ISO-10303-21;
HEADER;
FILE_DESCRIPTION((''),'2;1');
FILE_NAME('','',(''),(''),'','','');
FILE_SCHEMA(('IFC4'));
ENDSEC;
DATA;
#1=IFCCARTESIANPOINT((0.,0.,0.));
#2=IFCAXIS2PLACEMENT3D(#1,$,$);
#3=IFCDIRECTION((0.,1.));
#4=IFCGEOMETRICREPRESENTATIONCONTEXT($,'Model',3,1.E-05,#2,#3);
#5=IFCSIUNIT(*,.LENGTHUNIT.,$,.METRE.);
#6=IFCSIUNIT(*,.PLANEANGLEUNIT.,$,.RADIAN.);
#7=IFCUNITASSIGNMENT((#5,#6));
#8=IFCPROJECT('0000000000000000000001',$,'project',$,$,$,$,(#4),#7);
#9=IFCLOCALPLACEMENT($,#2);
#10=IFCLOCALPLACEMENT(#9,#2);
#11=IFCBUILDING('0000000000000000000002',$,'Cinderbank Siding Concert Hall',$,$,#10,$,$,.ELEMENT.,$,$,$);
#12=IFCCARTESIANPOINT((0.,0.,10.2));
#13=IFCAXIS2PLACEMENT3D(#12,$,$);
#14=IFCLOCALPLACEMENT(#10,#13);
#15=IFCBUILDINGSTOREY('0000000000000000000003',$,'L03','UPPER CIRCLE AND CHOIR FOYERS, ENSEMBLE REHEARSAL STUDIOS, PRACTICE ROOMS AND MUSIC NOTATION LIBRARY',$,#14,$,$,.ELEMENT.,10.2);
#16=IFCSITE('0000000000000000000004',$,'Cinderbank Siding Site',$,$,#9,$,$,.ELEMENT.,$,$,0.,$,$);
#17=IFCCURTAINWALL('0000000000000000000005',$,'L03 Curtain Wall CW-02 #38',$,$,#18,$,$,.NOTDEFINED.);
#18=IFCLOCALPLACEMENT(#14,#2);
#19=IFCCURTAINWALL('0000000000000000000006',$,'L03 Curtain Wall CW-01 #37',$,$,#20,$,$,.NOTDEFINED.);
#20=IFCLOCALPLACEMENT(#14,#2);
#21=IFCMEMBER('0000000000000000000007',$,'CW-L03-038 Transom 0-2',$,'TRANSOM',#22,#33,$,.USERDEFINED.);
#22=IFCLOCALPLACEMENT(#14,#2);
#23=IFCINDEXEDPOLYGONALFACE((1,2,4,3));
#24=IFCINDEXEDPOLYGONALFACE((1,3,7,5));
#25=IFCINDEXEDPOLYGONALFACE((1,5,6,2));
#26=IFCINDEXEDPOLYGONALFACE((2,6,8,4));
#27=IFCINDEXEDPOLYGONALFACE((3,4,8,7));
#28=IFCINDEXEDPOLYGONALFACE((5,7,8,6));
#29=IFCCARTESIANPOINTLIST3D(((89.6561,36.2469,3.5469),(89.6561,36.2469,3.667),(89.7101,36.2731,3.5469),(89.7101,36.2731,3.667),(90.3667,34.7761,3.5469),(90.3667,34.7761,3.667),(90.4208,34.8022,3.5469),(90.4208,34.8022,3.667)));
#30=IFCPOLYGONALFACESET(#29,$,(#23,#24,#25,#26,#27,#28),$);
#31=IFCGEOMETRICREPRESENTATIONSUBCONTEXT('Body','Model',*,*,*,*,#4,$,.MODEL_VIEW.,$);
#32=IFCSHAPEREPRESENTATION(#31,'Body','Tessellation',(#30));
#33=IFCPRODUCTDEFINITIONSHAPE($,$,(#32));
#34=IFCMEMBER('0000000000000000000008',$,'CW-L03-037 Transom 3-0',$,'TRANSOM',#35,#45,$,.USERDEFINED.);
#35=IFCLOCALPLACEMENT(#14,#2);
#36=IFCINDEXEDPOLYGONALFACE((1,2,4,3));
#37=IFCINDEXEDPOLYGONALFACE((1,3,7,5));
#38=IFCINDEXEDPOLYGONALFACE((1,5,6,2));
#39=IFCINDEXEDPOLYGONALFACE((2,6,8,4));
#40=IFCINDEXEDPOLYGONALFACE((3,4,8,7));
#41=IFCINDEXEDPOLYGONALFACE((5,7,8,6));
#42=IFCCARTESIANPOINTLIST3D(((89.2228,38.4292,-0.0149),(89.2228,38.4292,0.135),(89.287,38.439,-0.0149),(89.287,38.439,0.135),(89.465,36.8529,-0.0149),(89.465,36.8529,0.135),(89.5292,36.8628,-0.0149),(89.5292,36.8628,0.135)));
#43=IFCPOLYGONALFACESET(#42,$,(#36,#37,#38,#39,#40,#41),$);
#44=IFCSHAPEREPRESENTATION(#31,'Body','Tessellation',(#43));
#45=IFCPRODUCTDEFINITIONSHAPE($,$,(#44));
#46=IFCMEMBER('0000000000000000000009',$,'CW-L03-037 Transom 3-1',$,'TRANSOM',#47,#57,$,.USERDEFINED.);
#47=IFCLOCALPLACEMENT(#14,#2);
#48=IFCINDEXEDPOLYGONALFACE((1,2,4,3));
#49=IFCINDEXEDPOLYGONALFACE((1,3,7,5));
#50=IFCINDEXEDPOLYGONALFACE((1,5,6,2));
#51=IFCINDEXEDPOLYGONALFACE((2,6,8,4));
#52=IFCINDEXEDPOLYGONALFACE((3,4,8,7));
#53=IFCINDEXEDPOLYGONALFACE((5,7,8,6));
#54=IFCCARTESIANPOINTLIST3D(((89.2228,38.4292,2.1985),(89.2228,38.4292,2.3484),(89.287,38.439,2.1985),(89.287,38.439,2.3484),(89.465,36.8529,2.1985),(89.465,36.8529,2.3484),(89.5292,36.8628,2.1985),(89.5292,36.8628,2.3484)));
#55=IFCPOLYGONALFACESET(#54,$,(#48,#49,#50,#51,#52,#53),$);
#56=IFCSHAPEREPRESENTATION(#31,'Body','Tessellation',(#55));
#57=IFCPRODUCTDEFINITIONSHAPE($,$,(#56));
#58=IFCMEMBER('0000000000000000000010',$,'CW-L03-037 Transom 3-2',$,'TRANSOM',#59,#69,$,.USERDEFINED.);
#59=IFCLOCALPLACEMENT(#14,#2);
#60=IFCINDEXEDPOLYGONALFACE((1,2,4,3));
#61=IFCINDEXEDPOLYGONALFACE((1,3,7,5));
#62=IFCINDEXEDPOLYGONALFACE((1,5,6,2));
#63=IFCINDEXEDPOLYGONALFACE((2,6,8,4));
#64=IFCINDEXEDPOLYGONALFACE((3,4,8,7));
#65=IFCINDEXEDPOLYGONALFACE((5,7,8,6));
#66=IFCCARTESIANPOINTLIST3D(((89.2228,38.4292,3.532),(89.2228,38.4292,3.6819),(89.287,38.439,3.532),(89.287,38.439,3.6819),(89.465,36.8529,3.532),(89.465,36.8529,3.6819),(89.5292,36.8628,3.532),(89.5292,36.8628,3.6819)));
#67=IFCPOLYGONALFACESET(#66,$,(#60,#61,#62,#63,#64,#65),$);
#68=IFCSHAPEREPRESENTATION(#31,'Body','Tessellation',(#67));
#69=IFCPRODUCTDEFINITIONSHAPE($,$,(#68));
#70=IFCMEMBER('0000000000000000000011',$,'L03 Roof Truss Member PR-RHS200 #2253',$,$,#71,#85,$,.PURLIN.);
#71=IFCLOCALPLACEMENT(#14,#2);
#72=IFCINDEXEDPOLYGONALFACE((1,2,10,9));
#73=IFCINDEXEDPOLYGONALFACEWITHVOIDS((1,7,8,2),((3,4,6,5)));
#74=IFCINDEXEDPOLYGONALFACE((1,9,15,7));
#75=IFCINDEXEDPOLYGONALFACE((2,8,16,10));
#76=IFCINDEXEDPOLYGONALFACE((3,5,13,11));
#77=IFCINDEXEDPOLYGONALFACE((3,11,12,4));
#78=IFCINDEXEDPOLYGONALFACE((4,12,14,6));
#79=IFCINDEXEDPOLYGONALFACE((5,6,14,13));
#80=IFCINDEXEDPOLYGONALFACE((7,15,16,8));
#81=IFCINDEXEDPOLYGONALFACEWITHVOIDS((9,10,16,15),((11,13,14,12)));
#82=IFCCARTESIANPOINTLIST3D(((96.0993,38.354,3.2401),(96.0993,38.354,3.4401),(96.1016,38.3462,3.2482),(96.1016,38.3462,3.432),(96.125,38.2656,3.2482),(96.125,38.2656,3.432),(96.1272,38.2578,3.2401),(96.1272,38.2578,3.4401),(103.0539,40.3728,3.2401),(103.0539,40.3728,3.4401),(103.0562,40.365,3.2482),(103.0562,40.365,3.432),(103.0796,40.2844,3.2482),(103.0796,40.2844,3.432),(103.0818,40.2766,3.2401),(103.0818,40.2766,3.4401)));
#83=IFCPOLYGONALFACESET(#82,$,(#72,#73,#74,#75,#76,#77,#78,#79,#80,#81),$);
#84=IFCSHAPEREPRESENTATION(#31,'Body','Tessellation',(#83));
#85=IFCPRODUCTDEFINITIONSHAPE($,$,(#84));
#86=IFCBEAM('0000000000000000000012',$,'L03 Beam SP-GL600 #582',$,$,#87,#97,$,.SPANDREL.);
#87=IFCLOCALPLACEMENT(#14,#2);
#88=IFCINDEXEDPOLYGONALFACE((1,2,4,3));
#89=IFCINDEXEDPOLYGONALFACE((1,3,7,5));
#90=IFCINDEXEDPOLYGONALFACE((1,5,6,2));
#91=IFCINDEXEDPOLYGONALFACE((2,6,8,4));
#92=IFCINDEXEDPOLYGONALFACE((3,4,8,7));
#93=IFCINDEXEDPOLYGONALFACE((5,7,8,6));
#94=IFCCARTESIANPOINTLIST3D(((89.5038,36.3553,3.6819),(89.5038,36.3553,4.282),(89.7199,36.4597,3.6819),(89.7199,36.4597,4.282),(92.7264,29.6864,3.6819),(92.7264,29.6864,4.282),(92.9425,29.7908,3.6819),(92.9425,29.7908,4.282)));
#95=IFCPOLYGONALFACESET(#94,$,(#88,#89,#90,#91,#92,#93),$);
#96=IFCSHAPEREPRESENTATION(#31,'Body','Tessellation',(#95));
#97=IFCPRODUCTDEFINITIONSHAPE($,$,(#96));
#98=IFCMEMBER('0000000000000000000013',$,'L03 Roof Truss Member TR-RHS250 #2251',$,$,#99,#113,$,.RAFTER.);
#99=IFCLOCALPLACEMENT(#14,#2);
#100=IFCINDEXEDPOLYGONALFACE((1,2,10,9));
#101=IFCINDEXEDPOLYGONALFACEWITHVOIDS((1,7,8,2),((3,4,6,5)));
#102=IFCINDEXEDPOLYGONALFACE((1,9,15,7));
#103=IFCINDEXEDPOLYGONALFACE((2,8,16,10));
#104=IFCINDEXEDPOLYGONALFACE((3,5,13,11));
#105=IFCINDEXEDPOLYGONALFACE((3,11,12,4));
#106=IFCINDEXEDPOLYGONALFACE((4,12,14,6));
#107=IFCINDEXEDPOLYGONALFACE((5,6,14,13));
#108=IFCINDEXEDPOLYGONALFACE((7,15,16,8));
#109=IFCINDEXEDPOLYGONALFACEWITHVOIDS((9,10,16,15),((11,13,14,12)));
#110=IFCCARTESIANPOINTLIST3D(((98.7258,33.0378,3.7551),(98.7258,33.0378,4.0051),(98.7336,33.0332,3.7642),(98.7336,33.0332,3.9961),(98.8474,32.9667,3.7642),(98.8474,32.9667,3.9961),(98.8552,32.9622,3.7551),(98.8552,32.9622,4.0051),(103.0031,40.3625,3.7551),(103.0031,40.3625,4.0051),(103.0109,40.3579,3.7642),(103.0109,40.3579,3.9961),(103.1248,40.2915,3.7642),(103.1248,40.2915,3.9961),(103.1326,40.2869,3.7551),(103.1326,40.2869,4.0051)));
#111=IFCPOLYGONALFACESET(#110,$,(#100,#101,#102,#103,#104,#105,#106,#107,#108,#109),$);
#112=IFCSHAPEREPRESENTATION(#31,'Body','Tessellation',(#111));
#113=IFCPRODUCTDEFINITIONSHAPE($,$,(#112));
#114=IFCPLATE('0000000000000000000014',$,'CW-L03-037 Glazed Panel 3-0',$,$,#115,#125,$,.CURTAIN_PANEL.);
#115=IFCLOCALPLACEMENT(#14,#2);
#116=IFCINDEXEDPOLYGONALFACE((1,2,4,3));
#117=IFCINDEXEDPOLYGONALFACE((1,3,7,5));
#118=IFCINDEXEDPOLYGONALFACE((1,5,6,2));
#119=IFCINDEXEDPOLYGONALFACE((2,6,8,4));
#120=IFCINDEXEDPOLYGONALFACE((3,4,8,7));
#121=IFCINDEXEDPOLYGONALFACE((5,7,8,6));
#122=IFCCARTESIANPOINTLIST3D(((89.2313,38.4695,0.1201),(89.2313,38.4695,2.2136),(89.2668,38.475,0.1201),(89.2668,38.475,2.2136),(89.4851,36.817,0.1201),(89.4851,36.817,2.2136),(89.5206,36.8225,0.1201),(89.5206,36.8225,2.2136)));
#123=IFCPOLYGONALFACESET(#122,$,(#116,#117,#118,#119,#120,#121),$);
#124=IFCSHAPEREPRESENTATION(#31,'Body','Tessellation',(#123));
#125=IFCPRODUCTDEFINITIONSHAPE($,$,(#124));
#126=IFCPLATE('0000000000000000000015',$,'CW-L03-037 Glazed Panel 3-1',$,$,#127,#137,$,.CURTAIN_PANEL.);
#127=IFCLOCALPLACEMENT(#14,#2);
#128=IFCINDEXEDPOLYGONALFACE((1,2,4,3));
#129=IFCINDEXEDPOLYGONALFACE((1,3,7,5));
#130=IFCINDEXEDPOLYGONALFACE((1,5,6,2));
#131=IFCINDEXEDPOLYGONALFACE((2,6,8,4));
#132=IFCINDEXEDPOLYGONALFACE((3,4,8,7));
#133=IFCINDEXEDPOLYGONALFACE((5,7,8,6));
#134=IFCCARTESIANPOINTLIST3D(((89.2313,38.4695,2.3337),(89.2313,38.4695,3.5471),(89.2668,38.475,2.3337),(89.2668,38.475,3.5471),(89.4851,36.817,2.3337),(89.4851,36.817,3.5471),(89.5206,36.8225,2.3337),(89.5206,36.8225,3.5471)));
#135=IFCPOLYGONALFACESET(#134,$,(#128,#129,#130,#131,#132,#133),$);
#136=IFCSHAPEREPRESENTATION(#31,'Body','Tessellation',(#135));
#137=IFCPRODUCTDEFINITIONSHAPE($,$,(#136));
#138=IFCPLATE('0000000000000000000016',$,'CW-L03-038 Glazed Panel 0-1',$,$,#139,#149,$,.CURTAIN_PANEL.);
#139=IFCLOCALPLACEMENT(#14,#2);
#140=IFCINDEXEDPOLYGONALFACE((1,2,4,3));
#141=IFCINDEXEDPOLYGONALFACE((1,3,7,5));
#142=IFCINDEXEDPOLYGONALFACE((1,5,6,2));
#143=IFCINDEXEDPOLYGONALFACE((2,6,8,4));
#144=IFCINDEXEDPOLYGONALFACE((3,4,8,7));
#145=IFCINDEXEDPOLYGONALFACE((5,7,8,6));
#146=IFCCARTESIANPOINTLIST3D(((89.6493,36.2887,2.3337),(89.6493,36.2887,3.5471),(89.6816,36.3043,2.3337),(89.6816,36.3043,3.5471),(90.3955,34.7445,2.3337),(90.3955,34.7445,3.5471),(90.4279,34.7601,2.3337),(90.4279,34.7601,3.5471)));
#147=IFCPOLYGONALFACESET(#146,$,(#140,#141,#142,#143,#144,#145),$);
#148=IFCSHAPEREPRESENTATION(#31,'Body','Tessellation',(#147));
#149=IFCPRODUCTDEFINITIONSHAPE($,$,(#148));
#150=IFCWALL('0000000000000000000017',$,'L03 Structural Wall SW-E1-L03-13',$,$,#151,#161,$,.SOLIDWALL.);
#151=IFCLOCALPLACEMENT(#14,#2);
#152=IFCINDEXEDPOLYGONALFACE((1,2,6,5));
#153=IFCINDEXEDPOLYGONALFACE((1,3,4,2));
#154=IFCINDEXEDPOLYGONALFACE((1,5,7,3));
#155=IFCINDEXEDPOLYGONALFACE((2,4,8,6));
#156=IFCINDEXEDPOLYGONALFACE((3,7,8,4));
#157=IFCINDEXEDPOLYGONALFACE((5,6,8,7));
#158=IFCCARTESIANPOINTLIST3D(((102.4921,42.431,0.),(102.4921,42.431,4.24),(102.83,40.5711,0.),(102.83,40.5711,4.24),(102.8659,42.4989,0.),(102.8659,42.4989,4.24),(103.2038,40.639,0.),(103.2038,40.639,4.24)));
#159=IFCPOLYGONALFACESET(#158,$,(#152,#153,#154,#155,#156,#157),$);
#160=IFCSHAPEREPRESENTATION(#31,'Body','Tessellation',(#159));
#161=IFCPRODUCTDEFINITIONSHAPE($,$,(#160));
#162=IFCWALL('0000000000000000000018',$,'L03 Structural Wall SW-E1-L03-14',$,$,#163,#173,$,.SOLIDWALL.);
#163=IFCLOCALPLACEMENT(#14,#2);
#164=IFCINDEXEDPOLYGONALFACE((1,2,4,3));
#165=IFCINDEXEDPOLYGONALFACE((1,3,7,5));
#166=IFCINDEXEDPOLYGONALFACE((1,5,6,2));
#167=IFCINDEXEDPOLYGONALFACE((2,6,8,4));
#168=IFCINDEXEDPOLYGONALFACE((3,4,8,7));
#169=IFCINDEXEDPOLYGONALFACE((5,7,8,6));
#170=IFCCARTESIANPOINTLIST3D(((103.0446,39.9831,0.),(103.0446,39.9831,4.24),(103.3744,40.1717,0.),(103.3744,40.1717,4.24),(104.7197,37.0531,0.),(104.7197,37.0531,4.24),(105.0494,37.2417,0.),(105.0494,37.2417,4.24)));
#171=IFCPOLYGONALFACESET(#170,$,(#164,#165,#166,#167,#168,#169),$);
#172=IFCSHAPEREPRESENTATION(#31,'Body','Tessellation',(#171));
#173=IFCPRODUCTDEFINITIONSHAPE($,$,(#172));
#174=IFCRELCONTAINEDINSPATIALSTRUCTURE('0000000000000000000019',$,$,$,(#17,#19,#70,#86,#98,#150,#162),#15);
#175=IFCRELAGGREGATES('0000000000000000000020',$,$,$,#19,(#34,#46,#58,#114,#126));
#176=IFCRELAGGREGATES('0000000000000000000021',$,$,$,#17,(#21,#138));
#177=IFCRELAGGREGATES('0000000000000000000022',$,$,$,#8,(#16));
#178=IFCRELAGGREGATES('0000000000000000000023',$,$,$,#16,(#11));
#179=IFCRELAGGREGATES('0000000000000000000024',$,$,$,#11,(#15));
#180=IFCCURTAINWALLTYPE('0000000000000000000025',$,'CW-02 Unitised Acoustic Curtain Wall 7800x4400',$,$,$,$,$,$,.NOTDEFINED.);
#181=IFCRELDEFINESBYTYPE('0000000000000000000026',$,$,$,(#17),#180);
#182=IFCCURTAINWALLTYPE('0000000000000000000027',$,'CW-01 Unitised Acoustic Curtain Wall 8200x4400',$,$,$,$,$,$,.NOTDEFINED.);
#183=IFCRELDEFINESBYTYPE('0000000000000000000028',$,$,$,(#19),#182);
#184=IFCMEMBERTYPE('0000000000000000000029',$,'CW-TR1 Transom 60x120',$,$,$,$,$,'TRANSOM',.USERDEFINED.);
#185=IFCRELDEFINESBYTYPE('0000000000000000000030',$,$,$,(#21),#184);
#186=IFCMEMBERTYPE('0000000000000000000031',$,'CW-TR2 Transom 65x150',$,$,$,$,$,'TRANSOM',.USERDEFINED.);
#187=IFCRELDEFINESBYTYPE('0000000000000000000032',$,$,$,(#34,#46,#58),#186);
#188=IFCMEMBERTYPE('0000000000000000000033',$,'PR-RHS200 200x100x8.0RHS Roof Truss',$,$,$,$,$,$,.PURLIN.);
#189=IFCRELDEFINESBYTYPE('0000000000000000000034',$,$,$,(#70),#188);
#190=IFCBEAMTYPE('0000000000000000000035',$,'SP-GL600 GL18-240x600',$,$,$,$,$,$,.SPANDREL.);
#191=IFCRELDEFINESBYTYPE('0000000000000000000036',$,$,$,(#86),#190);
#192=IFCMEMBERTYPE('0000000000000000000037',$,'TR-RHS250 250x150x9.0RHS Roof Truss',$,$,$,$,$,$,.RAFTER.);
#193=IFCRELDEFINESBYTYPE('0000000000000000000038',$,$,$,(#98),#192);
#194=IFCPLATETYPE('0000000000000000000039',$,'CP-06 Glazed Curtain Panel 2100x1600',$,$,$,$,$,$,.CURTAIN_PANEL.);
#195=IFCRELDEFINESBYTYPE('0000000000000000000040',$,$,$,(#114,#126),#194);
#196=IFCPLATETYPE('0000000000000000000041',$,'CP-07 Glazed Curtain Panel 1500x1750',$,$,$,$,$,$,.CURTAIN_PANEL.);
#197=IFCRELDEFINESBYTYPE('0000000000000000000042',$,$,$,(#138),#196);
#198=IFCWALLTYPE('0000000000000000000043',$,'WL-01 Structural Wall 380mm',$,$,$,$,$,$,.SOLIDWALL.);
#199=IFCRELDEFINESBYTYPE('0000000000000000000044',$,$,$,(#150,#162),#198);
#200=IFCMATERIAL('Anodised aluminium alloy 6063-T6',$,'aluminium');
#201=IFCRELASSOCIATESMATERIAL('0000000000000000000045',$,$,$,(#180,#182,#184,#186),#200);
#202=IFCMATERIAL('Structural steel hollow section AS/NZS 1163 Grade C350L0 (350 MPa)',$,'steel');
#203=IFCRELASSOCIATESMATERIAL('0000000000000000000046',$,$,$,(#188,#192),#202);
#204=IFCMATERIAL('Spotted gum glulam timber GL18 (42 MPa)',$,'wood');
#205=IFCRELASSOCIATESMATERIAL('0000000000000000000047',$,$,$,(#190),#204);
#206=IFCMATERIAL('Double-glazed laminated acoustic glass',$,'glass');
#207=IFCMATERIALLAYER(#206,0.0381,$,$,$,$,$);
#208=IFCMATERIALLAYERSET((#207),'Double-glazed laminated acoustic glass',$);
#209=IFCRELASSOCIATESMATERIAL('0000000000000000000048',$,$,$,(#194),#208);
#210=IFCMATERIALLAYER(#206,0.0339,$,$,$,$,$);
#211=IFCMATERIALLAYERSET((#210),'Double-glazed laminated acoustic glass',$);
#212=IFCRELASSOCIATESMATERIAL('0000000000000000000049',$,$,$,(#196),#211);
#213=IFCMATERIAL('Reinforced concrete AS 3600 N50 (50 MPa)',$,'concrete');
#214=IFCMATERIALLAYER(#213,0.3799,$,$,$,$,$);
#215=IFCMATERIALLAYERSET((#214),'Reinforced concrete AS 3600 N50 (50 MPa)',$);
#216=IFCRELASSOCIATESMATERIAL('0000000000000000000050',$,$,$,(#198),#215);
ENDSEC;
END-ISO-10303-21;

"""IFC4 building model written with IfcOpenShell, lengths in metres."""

from ifc_helpers import new_model, si_unit, direction, frame, frame_2d, origin, origin_2d, place, context, subcontext, project, spatial, rectangle, hollow_rectangle, extrude, material, layer, layer_set, material_profile, profile_set, type_object, element, aggregate, save


model = new_model("IFC4")

# Units and contexts
model_context = context("Model", 3, precision=1e-05, world=origin(), true_north=direction((0.0, 1.0)))
body_context = subcontext(model_context, "Body", "Model", "MODEL_VIEW")
ifc_project = project(units=[si_unit("LENGTHUNIT", "METRE"), si_unit("PLANEANGLEUNIT", "RADIAN")], contexts=[model_context])

# Site, building, storey
site_placement = place(None, origin())
site = spatial("IfcSite", under=ifc_project, at=site_placement, Name="Cinderbank Siding Site", CompositionType="ELEMENT", RefElevation=0.0)
building_placement = place(site_placement, origin())
building = spatial("IfcBuilding", under=site, at=building_placement, Name="Cinderbank Siding Concert Hall", CompositionType="ELEMENT")
storey_placement = place(building_placement, frame((0.0, 0.0, 10.2)))
storey = spatial("IfcBuildingStorey", under=building, at=storey_placement, Name="L03", Description="UPPER CIRCLE AND CHOIR FOYERS, ENSEMBLE REHEARSAL STUDIOS, PRACTICE ROOMS AND MUSIC NOTATION LIBRARY", CompositionType="ELEMENT", Elevation=10.2)

# Shared definitions
ifc_material_1 = material(Name="Structural steel hollow section AS/NZS 1163 Grade C350L0 (350 MPa)", Category="steel")
ifc_material_2 = material(Name="Reinforced concrete AS 3600 N50 (50 MPa)", Category="concrete")

# Curtain wall
ifc_material_3 = material(Name="Anodised aluminium alloy 6063-T6", Category="aluminium")
curtain_wall_type_1 = type_object("IfcCurtainWallType", Name="CW-02 Unitised Acoustic Curtain Wall 7800x4400", PredefinedType="NOTDEFINED", material=ifc_material_3)
curtain_wall_1_placement = place(storey_placement, origin())
curtain_wall_1 = element("IfcCurtainWall", 1, at=curtain_wall_1_placement, inside=storey, type_object=curtain_wall_type_1, Name="L03 Curtain Wall CW-02 #38", PredefinedType="NOTDEFINED")

# Curtain wall
curtain_wall_type_2 = type_object("IfcCurtainWallType", Name="CW-01 Unitised Acoustic Curtain Wall 8200x4400", PredefinedType="NOTDEFINED", material=ifc_material_3)
curtain_wall_2_placement = place(storey_placement, origin())
curtain_wall_2 = element("IfcCurtainWall", 2, at=curtain_wall_2_placement, inside=storey, type_object=curtain_wall_type_2, Name="L03 Curtain Wall CW-01 #37", PredefinedType="NOTDEFINED")

# Members
ifc_material_profile_1 = material_profile(ifc_material_3, rectangle(XDim=0.0601, YDim=0.1201, at=origin_2d()), Name="ALU-TRAN-60x120", Category="LoadBearing")
ifc_profile_set_1 = profile_set([ifc_material_profile_1], Name="Anodised aluminium alloy 6063-T6")
member_type_1 = type_object("IfcMemberType", Name="CW-TR1 Transom 60x120", ElementType="TRANSOM", PredefinedType="USERDEFINED", material=ifc_profile_set_1)
member_1_placement = place(storey_placement, frame((89.6831, 36.26, 3.6069), z_axis=(0.435037, -0.900412, 0.0), x_axis=(0.900412, 0.435037, 0.0)))
member_1 = element("IfcMember", 3, at=member_1_placement, type_object=member_type_1, Name="CW-L03-038 Transom 0-2", ObjectType="TRANSOM", PredefinedType="USERDEFINED", context=body_context, shape_type="SweptSolid", body=[
    extrude(rectangle(XDim=0.0601, YDim=0.1201, at=origin_2d()), origin(), (0.0, 0.0, 1.0), 1.6335),
])
ifc_material_profile_2 = material_profile(ifc_material_3, rectangle(XDim=0.0649, YDim=0.1499, at=origin_2d()), Name="ALU-TRAN-65x150", Category="LoadBearing")
ifc_profile_set_2 = profile_set([ifc_material_profile_2], Name="Anodised aluminium alloy 6063-T6")
member_type_2 = type_object("IfcMemberType", Name="CW-TR2 Transom 65x150", ElementType="TRANSOM", PredefinedType="USERDEFINED", material=ifc_profile_set_2)
member_2_placement = place(storey_placement, frame((89.2549, 38.4341, 0.0601), z_axis=(0.151873, -0.9884, 0.0), x_axis=(0.9884, 0.151873, 0.0)))
member_2 = element("IfcMember", 4, at=member_2_placement, type_object=member_type_2, Name="CW-L03-037 Transom 3-0", ObjectType="TRANSOM", PredefinedType="USERDEFINED", context=body_context, shape_type="SweptSolid", body=[
    extrude(rectangle(XDim=0.0649, YDim=0.1499, at=origin_2d()), origin(), (0.0, 0.0, 1.0), 1.5947),
])
member_3_placement = place(storey_placement, frame((89.2549, 38.4341, 2.2734), z_axis=(0.151873, -0.9884, 0.0), x_axis=(0.9884, 0.151873, 0.0)))
member_3 = element("IfcMember", 5, at=member_3_placement, type_object=member_type_2, Name="CW-L03-037 Transom 3-1", ObjectType="TRANSOM", PredefinedType="USERDEFINED", context=body_context, shape_type="SweptSolid", body=[
    extrude(rectangle(XDim=0.0649, YDim=0.1499, at=origin_2d()), origin(), (0.0, 0.0, 1.0), 1.5947),
])
member_4_placement = place(storey_placement, frame((89.2549, 38.4341, 3.6069), z_axis=(0.151873, -0.9884, 0.0), x_axis=(0.9884, 0.151873, 0.0)))
member_4 = element("IfcMember", 6, at=member_4_placement, type_object=member_type_2, Name="CW-L03-037 Transom 3-2", ObjectType="TRANSOM", PredefinedType="USERDEFINED", context=body_context, shape_type="SweptSolid", body=[
    extrude(rectangle(XDim=0.0649, YDim=0.1499, at=origin_2d()), origin(), (0.0, 0.0, 1.0), 1.5947),
])
ifc_material_profile_3 = material_profile(ifc_material_1, hollow_rectangle(XDim=0.1001, YDim=0.2, WallThickness=0.0081, at=origin_2d()), Name="200x100x8.0RHS", Category="LoadBearing")
ifc_profile_set_3 = profile_set([ifc_material_profile_3], Name="Structural steel hollow section AS/NZS 1163 Grade C350L0 (350 MPa)")
member_type_3 = type_object("IfcMemberType", Name="PR-RHS200 200x100x8.0RHS Roof Truss", PredefinedType="PURLIN", material=ifc_profile_set_3)
member_5_placement = place(storey_placement, frame((103.0679, 40.3247, 3.3401), z_axis=(-0.960356, -0.278775, 0.0), x_axis=(0.278775, -0.960356, 0.0)))
element("IfcMember", 7, at=member_5_placement, inside=storey, type_object=member_type_3, Name="L03 Roof Truss Member PR-RHS200 #2253", PredefinedType="PURLIN", context=body_context, shape_type="SweptSolid", body=[
    extrude(hollow_rectangle(XDim=0.1001, YDim=0.2, WallThickness=0.0081, at=origin_2d()), origin(), (0.0, 0.0, 1.0), 7.2417),
])

# Beam
ifc_material_4 = material(Name="Spotted gum glulam timber GL18 (42 MPa)", Category="wood")
ifc_material_profile_4 = material_profile(ifc_material_4, rectangle(XDim=0.24, YDim=0.6001, at=origin_2d()), Name="GL18-240x600", Category="LoadBearing")
ifc_profile_set_4 = profile_set([ifc_material_profile_4], Name="Spotted gum glulam timber GL18 (42 MPa)")
beam_type_1 = type_object("IfcBeamType", Name="SP-GL600 GL18-240x600", PredefinedType="SPANDREL", material=ifc_profile_set_4)
beam_1_placement = place(storey_placement, frame((89.6118, 36.4075, 3.9819), z_axis=(0.435096, -0.900384, 0.0), x_axis=(0.900384, 0.435096, 0.0)))
element("IfcBeam", 8, at=beam_1_placement, inside=storey, type_object=beam_type_1, Name="L03 Beam SP-GL600 #582", PredefinedType="SPANDREL", context=body_context, shape_type="SweptSolid", body=[
    extrude(rectangle(XDim=0.24, YDim=0.6001, at=origin_2d()), origin(), (0.0, 0.0, 1.0), 7.4067),
])

# Member
ifc_material_profile_5 = material_profile(ifc_material_1, hollow_rectangle(XDim=0.1499, YDim=0.25, WallThickness=0.009, at=origin_2d()), Name="250x150x9.0RHS", Category="LoadBearing")
ifc_profile_set_5 = profile_set([ifc_material_profile_5], Name="Structural steel hollow section AS/NZS 1163 Grade C350L0 (350 MPa)")
member_type_4 = type_object("IfcMemberType", Name="TR-RHS250 250x150x9.0RHS Roof Truss", PredefinedType="RAFTER", material=ifc_profile_set_5)
member_6_placement = place(storey_placement, frame((103.0679, 40.3247, 3.8801), z_axis=(-0.504275, -0.863543, 0.0), x_axis=(0.863543, -0.504275, 0.0)))
element("IfcMember", 9, at=member_6_placement, inside=storey, type_object=member_type_4, Name="L03 Roof Truss Member TR-RHS250 #2251", PredefinedType="RAFTER", context=body_context, shape_type="SweptSolid", body=[
    extrude(hollow_rectangle(XDim=0.1499, YDim=0.25, WallThickness=0.009, at=origin_2d()), origin(), (0.0, 0.0, 1.0), 8.4822),
])

# Plates
ifc_material_5 = material(Name="Double-glazed laminated acoustic glass", Category="glass")
ifc_layer_1 = layer(ifc_material_5, 0.0381)
ifc_layer_set_1 = layer_set([ifc_layer_1], Name="Double-glazed laminated acoustic glass")
plate_type_1 = type_object("IfcPlateType", Name="CP-06 Glazed Curtain Panel 2100x1600", PredefinedType="CURTAIN_PANEL", material=ifc_layer_set_1)
plate_1_placement = place(storey_placement, frame((89.376, 37.646, 0.1201), z_axis=(0.0, 0.0, 1.0), x_axis=(0.151815, -0.988409, 0.0)))
plate_1 = element("IfcPlate", 10, at=plate_1_placement, type_object=plate_type_1, Name="CW-L03-037 Glazed Panel 3-0", PredefinedType="CURTAIN_PANEL", context=body_context, shape_type="SweptSolid", body=[
    extrude(rectangle(XDim=1.6719, YDim=0.0359, at=origin_2d()), origin(), (0.0, 0.0, 1.0), 2.0935),
])
plate_2_placement = place(storey_placement, frame((89.376, 37.646, 2.3337), z_axis=(0.0, 0.0, 1.0), x_axis=(0.151815, -0.988409, 0.0)))
plate_2 = element("IfcPlate", 11, at=plate_2_placement, type_object=plate_type_1, Name="CW-L03-037 Glazed Panel 3-1", PredefinedType="CURTAIN_PANEL", context=body_context, shape_type="SweptSolid", body=[
    extrude(rectangle(XDim=1.6719, YDim=0.0359, at=origin_2d()), origin(), (0.0, 0.0, 1.0), 1.2134),
])
aggregate(curtain_wall_2, [member_2, member_3, member_4, plate_1, plate_2])
ifc_layer_2 = layer(ifc_material_5, 0.0339)
ifc_layer_set_2 = layer_set([ifc_layer_2], Name="Double-glazed laminated acoustic glass")
plate_type_2 = type_object("IfcPlateType", Name="CP-07 Glazed Curtain Panel 1500x1750", PredefinedType="CURTAIN_PANEL", material=ifc_layer_set_2)
plate_3_placement = place(storey_placement, frame((90.0386, 35.5244, 2.3337), z_axis=(0.0, 0.0, 1.0), x_axis=(0.435102, -0.900381, 0.0)))
plate_3 = element("IfcPlate", 12, at=plate_3_placement, type_object=plate_type_2, Name="CW-L03-038 Glazed Panel 0-1", PredefinedType="CURTAIN_PANEL", context=body_context, shape_type="SweptSolid", body=[
    extrude(rectangle(XDim=1.7151, YDim=0.0359, at=origin_2d()), origin(), (0.0, 0.0, 1.0), 1.2134),
])
aggregate(curtain_wall_1, [member_1, plate_3])

# Walls
ifc_layer_3 = layer(ifc_material_2, 0.3799)
ifc_layer_set_3 = layer_set([ifc_layer_3], Name="Reinforced concrete AS 3600 N50 (50 MPa)")
wall_type_1 = type_object("IfcWallType", Name="WL-01 Structural Wall 380mm", PredefinedType="SOLIDWALL", material=ifc_layer_set_3)
wall_1_placement = place(storey_placement, frame((102.679, 42.4651, 0.0), z_axis=(0.0, 0.0, 1.0), x_axis=(0.178749, -0.983895, 0.0)))
element("IfcWall", 13, at=wall_1_placement, inside=storey, type_object=wall_type_1, Name="L03 Structural Wall SW-E1-L03-13", PredefinedType="SOLIDWALL", context=body_context, shape_type="SweptSolid", body=[
    extrude(rectangle(XDim=1.8904, YDim=0.3799, at=frame_2d((0.9453, 0.0))), origin(), (0.0, 0.0, 1.0), 4.24),
])
wall_2_placement = place(storey_placement, frame((103.2095, 40.0774, 0.0), z_axis=(0.0, 0.0, 1.0), x_axis=(0.496318, -0.868141, 0.0)))
element("IfcWall", 14, at=wall_2_placement, inside=storey, type_object=wall_type_1, Name="L03 Structural Wall SW-E1-L03-14", PredefinedType="SOLIDWALL", context=body_context, shape_type="SweptSolid", body=[
    extrude(rectangle(XDim=3.375, YDim=0.3799, at=frame_2d((1.6875, 0.0))), origin(), (0.0, 0.0, 1.0), 4.24),
])

save(model, "model.ifc")
